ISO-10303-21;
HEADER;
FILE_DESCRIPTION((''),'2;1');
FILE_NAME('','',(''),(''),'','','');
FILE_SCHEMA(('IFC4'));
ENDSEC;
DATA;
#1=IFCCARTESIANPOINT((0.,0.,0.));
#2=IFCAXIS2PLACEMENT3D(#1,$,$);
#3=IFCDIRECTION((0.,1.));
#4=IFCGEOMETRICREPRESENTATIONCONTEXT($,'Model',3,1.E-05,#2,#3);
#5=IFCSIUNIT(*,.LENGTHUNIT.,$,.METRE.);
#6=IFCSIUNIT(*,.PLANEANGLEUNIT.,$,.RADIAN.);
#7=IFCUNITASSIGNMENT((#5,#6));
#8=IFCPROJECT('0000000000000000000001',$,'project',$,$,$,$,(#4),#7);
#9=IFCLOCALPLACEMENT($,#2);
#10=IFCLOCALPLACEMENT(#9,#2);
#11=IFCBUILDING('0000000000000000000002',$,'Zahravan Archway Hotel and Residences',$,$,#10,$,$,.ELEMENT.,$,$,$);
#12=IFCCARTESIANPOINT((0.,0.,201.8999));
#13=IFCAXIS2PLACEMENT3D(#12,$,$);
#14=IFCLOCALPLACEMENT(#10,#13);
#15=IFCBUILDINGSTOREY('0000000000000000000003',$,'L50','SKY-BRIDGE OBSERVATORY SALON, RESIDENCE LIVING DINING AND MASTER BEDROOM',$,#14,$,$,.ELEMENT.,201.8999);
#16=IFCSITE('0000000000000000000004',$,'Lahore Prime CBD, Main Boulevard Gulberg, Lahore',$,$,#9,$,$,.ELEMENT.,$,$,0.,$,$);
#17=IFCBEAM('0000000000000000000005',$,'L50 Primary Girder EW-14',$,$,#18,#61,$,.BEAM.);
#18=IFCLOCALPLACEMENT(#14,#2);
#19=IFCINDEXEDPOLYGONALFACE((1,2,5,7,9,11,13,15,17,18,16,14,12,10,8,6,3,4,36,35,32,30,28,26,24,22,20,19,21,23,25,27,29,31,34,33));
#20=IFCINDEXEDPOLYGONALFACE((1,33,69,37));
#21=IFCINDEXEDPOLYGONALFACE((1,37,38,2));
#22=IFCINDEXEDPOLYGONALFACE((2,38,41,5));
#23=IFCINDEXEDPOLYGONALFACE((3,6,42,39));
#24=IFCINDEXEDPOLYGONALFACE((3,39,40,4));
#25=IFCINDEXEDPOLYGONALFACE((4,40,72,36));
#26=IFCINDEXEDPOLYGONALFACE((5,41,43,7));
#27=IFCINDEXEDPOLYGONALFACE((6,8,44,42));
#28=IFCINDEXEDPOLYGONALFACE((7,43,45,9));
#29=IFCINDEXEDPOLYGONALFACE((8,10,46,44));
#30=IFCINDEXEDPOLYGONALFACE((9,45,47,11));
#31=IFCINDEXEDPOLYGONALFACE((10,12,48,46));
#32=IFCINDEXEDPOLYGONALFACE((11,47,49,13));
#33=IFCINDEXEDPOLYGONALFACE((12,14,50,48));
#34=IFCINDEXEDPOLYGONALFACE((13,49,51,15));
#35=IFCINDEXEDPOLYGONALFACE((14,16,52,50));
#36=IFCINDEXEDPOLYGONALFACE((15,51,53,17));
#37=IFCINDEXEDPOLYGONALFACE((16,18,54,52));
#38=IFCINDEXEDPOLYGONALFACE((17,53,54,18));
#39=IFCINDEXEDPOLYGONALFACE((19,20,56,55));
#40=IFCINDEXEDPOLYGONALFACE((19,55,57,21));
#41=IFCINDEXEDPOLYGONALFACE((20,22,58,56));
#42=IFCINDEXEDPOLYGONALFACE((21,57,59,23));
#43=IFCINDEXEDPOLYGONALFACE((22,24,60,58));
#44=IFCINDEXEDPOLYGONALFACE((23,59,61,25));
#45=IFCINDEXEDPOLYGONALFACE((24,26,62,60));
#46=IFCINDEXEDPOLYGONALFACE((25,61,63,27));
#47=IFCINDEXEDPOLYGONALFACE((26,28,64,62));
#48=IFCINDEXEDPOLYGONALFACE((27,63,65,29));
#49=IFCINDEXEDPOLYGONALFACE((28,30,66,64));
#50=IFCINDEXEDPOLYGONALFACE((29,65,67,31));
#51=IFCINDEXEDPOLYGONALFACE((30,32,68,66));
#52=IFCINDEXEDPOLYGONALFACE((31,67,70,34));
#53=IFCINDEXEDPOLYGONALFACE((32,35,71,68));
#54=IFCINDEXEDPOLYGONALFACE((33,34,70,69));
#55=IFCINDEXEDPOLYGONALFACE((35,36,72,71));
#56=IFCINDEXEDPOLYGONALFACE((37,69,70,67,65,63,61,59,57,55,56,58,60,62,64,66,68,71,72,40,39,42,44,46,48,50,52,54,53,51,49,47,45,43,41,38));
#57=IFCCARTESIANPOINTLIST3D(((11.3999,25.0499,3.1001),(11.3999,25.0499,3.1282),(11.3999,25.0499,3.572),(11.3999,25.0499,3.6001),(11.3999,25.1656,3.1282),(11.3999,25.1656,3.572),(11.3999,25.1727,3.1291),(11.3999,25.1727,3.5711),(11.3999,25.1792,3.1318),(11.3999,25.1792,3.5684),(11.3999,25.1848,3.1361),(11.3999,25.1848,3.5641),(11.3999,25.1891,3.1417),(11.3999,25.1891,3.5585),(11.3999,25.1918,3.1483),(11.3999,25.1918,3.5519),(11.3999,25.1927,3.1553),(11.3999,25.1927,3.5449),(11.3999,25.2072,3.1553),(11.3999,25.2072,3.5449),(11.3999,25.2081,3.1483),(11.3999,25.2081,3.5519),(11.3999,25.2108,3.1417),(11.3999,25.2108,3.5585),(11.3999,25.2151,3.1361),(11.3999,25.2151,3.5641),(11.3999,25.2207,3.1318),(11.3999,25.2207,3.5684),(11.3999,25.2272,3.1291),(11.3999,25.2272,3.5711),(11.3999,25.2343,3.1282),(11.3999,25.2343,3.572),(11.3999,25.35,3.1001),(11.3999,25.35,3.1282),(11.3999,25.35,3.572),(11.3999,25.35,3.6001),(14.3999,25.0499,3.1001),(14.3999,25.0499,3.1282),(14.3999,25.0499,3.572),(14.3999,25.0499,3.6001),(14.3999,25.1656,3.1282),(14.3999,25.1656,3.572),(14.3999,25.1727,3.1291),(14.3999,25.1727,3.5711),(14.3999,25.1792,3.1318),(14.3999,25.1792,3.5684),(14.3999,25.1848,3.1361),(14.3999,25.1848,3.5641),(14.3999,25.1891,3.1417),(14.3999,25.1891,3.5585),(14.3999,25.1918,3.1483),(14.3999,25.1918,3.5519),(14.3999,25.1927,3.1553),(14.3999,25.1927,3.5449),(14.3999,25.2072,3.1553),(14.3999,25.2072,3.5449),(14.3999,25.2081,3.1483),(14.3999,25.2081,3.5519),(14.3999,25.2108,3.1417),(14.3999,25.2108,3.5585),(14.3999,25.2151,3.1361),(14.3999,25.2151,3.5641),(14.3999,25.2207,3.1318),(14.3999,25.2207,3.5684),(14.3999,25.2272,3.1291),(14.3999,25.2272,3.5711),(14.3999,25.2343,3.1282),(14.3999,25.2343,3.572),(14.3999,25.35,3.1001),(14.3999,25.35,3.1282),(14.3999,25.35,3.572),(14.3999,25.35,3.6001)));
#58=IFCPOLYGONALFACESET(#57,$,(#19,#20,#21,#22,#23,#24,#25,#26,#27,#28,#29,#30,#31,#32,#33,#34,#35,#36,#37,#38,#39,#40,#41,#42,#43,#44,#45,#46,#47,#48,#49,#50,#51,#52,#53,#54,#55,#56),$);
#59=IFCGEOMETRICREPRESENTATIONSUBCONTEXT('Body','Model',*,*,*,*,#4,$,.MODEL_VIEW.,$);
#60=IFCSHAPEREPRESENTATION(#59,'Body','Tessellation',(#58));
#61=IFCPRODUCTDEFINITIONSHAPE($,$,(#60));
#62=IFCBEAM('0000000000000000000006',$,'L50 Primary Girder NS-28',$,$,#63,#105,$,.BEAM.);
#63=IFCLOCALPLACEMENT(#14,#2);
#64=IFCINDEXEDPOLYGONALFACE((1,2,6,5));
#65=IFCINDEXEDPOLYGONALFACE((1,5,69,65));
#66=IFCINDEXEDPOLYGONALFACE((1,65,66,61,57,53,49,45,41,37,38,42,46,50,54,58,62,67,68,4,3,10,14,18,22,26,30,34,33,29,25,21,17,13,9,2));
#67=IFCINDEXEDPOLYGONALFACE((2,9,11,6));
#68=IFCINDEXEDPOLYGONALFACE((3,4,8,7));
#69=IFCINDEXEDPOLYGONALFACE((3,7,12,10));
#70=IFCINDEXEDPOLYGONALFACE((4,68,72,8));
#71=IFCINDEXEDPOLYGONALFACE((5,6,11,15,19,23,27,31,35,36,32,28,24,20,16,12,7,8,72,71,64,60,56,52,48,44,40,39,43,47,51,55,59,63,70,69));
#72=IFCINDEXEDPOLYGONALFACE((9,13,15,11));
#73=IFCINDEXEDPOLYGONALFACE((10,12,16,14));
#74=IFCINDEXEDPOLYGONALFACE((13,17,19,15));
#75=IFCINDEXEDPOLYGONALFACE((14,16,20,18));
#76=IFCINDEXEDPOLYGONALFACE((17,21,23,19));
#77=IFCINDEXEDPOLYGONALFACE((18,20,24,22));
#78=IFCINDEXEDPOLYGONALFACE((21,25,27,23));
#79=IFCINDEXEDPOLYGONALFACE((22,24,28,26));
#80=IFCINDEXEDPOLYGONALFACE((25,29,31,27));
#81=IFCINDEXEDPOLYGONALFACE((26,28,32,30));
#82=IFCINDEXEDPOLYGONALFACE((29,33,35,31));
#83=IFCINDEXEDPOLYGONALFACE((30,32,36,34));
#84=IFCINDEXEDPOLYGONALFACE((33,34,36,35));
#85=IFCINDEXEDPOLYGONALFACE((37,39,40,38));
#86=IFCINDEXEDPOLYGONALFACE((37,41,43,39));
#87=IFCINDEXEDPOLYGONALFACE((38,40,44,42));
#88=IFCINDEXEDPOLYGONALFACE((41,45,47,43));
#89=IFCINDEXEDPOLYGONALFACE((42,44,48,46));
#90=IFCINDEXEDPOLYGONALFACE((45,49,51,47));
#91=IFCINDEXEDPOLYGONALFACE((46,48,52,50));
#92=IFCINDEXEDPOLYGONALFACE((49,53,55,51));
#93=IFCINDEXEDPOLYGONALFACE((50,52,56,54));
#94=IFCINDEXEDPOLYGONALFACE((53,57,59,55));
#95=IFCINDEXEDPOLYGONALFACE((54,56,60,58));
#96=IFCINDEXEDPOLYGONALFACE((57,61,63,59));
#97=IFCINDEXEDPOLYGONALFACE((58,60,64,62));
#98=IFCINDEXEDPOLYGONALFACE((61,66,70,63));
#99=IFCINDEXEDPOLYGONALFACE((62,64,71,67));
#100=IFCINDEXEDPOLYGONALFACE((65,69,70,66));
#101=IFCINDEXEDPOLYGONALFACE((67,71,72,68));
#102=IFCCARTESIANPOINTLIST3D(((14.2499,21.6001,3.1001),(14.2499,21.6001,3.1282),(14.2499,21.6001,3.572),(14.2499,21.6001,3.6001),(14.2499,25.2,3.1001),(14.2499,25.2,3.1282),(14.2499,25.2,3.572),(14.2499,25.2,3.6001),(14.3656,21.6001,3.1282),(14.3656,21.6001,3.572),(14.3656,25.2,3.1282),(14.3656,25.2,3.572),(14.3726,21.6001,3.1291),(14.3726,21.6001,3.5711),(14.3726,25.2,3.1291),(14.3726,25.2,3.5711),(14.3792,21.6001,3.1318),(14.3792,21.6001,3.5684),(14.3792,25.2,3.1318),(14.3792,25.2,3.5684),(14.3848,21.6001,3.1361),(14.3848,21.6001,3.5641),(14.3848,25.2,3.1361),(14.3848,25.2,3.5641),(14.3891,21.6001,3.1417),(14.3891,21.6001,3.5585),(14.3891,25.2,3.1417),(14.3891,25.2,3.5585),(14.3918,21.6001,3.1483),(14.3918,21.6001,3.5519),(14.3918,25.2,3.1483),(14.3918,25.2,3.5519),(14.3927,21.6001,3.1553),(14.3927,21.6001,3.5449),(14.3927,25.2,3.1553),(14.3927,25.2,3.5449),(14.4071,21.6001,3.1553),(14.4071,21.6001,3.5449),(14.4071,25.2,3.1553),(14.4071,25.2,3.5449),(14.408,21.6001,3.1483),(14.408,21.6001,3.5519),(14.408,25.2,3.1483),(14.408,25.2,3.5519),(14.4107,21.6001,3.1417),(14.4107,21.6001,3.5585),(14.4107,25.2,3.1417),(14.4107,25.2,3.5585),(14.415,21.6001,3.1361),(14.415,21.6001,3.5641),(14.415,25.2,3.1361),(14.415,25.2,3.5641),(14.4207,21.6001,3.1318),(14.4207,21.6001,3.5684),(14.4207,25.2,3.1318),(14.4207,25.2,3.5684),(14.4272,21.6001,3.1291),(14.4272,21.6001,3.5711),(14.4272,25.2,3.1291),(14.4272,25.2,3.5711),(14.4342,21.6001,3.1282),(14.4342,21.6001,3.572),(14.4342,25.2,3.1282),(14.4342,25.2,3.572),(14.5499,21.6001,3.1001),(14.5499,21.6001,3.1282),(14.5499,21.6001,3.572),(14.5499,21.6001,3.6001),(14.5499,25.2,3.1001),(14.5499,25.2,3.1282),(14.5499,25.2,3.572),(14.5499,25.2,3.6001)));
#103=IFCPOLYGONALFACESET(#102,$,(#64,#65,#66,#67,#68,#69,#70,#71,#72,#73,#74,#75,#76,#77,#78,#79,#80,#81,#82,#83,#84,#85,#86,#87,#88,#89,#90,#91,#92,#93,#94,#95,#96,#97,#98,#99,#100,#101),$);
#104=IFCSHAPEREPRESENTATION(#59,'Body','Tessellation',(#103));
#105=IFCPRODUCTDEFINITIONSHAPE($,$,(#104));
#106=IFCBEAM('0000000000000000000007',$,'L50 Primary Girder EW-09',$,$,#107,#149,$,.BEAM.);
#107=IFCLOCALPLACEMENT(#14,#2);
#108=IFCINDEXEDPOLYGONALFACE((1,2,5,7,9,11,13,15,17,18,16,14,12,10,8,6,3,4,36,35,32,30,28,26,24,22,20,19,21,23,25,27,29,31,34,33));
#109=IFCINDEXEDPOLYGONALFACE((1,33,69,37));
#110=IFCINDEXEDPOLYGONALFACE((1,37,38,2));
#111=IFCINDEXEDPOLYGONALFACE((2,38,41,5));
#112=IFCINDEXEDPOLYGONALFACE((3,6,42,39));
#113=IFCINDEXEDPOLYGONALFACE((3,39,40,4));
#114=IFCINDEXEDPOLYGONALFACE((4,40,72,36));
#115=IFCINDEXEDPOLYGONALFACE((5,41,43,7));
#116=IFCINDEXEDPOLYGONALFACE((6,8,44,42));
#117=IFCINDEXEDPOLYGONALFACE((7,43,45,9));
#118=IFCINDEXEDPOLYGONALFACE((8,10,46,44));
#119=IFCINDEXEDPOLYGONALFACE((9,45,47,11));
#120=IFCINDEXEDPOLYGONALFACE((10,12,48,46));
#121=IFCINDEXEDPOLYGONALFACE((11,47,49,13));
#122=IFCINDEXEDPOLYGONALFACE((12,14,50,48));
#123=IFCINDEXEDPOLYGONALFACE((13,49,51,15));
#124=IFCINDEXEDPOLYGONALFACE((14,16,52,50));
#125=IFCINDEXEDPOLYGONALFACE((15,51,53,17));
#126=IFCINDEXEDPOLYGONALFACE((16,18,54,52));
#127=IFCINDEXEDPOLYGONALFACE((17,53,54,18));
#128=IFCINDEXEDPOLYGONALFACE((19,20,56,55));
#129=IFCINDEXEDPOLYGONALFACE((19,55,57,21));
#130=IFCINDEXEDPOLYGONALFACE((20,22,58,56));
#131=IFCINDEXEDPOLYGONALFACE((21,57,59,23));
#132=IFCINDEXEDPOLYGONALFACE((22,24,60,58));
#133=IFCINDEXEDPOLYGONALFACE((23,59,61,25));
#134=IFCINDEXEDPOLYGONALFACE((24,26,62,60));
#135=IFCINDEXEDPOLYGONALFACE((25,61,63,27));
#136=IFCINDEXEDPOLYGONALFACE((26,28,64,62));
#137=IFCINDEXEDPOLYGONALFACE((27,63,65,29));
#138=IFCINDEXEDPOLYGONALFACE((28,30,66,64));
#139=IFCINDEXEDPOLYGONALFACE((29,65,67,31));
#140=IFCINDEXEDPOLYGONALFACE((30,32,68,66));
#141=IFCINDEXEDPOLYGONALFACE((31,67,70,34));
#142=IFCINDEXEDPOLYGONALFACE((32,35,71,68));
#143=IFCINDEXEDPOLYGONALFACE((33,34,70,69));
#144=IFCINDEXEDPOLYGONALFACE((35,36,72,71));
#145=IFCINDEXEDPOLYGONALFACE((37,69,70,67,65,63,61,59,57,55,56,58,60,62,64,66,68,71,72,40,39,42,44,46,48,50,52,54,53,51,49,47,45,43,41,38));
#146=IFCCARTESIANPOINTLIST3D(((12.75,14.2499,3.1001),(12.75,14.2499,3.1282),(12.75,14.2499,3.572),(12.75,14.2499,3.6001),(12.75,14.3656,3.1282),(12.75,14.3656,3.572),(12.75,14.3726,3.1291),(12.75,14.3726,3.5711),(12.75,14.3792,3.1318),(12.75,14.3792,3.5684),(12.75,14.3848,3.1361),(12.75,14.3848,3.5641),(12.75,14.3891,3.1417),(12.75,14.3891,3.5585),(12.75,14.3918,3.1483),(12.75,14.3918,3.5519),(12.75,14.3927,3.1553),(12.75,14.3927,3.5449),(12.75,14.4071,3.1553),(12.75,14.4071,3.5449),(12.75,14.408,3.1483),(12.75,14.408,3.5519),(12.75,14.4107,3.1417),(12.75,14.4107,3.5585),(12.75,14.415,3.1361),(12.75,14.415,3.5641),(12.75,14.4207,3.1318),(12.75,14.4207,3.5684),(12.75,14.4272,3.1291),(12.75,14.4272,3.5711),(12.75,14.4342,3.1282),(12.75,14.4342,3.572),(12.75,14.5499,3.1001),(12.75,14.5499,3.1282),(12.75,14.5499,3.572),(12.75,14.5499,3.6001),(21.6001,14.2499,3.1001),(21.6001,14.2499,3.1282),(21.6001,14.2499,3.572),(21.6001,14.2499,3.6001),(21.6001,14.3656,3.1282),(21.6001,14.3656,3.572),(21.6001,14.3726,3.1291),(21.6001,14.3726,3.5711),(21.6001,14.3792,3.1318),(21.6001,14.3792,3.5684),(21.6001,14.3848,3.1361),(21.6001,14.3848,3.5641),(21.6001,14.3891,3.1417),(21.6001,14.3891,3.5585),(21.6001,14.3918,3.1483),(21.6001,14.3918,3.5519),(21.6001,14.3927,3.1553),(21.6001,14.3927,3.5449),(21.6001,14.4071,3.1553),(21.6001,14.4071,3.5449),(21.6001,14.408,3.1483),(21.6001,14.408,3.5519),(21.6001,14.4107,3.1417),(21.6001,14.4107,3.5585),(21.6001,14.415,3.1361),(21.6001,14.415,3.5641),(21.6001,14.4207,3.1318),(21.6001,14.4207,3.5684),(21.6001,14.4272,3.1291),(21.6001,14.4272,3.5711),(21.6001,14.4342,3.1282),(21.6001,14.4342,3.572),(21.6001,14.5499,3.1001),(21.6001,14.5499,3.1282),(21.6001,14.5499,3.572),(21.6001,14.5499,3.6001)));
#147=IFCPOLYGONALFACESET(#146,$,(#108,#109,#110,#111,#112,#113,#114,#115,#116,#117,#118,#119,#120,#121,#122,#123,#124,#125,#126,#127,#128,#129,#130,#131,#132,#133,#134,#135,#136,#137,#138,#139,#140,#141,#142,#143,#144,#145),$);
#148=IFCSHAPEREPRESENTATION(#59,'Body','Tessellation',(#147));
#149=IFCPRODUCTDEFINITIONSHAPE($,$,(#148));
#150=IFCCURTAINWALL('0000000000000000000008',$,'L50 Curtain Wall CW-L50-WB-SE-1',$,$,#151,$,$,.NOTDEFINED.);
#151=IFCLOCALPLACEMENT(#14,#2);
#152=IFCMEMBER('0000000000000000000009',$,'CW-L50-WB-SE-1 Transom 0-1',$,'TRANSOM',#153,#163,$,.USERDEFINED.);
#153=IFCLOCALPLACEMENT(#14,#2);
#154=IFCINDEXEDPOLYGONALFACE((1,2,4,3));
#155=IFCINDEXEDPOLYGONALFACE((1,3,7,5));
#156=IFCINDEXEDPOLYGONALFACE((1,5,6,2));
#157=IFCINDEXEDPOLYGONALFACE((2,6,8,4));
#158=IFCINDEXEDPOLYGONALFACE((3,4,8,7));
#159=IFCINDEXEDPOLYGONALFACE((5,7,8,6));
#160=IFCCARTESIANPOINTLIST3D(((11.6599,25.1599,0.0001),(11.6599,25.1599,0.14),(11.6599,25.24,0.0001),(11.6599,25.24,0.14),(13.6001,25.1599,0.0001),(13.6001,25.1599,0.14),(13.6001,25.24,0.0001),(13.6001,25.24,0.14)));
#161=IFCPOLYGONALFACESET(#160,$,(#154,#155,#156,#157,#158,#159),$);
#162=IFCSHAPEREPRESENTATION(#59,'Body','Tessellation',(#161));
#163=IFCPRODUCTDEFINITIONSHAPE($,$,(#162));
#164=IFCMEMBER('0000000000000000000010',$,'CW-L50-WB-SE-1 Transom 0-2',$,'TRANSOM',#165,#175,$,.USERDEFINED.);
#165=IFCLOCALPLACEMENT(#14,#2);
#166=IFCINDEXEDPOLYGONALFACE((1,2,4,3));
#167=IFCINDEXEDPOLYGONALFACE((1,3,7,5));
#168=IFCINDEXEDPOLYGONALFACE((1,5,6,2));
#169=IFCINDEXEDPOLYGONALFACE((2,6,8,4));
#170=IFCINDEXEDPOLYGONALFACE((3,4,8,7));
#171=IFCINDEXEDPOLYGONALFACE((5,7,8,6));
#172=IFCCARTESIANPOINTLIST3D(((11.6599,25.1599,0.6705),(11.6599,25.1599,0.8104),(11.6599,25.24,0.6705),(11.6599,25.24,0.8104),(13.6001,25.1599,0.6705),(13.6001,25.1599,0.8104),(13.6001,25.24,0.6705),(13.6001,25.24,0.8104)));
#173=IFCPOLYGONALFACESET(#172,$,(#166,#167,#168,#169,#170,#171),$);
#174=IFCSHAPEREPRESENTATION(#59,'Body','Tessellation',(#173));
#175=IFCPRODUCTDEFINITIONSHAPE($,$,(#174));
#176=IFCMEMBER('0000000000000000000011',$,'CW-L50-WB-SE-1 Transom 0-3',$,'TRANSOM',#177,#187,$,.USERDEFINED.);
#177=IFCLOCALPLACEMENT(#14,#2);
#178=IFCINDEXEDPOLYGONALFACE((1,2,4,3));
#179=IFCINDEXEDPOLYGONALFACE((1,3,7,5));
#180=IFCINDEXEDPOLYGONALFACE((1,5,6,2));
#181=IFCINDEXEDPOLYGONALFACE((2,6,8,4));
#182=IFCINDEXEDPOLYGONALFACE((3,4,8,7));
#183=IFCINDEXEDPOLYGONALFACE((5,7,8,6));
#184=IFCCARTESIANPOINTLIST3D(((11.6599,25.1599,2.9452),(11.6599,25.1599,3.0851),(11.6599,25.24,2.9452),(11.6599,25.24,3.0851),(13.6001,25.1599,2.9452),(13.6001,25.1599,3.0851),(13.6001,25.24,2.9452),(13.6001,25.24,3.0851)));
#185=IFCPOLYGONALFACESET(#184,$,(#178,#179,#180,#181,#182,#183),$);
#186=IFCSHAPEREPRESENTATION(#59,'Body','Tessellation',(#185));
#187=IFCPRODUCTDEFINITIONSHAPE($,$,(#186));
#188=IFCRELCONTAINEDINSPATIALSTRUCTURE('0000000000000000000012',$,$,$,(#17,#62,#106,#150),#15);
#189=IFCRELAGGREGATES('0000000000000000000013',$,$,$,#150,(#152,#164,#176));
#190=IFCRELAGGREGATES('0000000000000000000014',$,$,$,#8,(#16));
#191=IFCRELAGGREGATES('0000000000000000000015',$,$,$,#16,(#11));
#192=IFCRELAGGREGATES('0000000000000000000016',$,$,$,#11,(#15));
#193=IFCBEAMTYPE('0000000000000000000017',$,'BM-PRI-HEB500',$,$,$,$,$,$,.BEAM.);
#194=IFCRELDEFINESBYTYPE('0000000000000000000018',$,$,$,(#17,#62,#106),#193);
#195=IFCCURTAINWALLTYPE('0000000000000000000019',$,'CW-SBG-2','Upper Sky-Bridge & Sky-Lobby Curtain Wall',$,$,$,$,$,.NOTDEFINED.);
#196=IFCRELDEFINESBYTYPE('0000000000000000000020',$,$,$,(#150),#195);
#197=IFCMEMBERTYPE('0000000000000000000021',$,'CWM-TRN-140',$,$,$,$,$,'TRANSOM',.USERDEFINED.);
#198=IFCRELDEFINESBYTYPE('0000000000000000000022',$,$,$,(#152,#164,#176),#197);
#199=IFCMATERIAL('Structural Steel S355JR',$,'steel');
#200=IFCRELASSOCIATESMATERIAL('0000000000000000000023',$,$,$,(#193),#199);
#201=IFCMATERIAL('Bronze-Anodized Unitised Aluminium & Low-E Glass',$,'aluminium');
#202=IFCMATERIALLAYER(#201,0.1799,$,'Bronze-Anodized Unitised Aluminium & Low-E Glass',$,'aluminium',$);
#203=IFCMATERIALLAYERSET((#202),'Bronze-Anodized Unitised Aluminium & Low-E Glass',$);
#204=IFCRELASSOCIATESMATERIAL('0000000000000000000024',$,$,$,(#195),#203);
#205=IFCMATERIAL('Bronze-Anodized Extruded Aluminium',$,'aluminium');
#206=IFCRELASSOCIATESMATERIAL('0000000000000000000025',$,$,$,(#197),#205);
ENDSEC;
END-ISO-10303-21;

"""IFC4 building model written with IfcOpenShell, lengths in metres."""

from ifc_helpers import new_model, si_unit, direction, frame, origin, origin_2d, place, context, subcontext, project, spatial, rectangle, i_section, extrude, source, transform, mapped, material, layer, layer_set, material_profile, profile_set, type_object, element, aggregate, save


model = new_model("IFC4")

# Units and contexts
model_context = context("Model", 3, precision=1e-05, world=origin(), true_north=direction((0.0, 1.0)))
body_context = subcontext(model_context, "Body", "Model", "MODEL_VIEW")
ifc_project = project(units=[si_unit("LENGTHUNIT", "METRE"), si_unit("PLANEANGLEUNIT", "RADIAN")], contexts=[model_context])

# Site, building, storey
site_placement = place(None, origin())
site = spatial("IfcSite", under=ifc_project, at=site_placement, Name="Lahore Prime CBD, Main Boulevard Gulberg, Lahore", CompositionType="ELEMENT", RefElevation=0.0)
building_placement = place(site_placement, origin())
building = spatial("IfcBuilding", under=site, at=building_placement, Name="Zahravan Archway Hotel and Residences", CompositionType="ELEMENT")
storey_placement = place(building_placement, frame((0.0, 0.0, 201.8999)))
storey = spatial("IfcBuildingStorey", under=building, at=storey_placement, Name="L50", Description="SKY-BRIDGE OBSERVATORY SALON, RESIDENCE LIVING DINING AND MASTER BEDROOM", CompositionType="ELEMENT", Elevation=201.8999)

# Beams
ifc_material_1 = material(Name="Structural Steel S355JR", Category="steel")
ifc_material_profile_1 = material_profile(ifc_material_1, i_section(OverallWidth=0.3, OverallDepth=0.5, WebThickness=0.0144, FlangeThickness=0.0281, FilletRadius=0.0271, at=origin_2d()), Name="HEB 500", Category="steel")
ifc_profile_set_1 = profile_set([ifc_material_profile_1], Name="Structural Steel S355JR")
beam_type = type_object("IfcBeamType", Name="BM-PRI-HEB500", PredefinedType="BEAM", material=ifc_profile_set_1)
shared_shape_1 = source(origin(), body_context, "Body", "SweptSolid", [
    extrude(i_section(OverallWidth=0.3, OverallDepth=0.5, WebThickness=0.0144, FlangeThickness=0.0281, FilletRadius=0.0271, at=origin_2d()), origin(), (0.0, 0.0, 1.0), 3.0),
])
beam_1_placement = place(storey_placement, frame((11.3999, 25.2, 3.3501), z_axis=(1.0, 0.0, 0.0), x_axis=(0.0, 1.0, 0.0)))
element("IfcBeam", 1, at=beam_1_placement, inside=storey, type_object=beam_type, Name="L50 Primary Girder EW-14", PredefinedType="BEAM", context=body_context, shape_type="MappedRepresentation", body=[
    mapped(shared_shape_1, transform((0.0, 0.0, 0.0), scale=1.0)),
])
shared_shape_2 = source(origin(), body_context, "Body", "SweptSolid", [
    extrude(i_section(OverallWidth=0.3, OverallDepth=0.5, WebThickness=0.0144, FlangeThickness=0.0281, FilletRadius=0.0271, at=origin_2d()), origin(), (0.0, 0.0, 1.0), 3.5999),
])
beam_2_placement = place(storey_placement, frame((14.3999, 21.6001, 3.3501), z_axis=(0.0, 1.0, 0.0), x_axis=(-1.0, 0.0, 0.0)))
element("IfcBeam", 2, at=beam_2_placement, inside=storey, type_object=beam_type, Name="L50 Primary Girder NS-28", PredefinedType="BEAM", context=body_context, shape_type="MappedRepresentation", body=[
    mapped(shared_shape_2, transform((0.0, 0.0, 0.0), scale=1.0)),
])
shared_shape_3 = source(origin(), body_context, "Body", "SweptSolid", [
    extrude(i_section(OverallWidth=0.3, OverallDepth=0.5, WebThickness=0.0144, FlangeThickness=0.0281, FilletRadius=0.0271, at=origin_2d()), origin(), (0.0, 0.0, 1.0), 8.8501),
])
beam_3_placement = place(storey_placement, frame((12.75, 14.3999, 3.3501), z_axis=(1.0, 0.0, 0.0), x_axis=(0.0, 1.0, 0.0)))
element("IfcBeam", 3, at=beam_3_placement, inside=storey, type_object=beam_type, Name="L50 Primary Girder EW-09", PredefinedType="BEAM", context=body_context, shape_type="MappedRepresentation", body=[
    mapped(shared_shape_3, transform((0.0, 0.0, 0.0), scale=1.0)),
])

# Curtain wall, members
ifc_material_2 = material(Name="Bronze-Anodized Unitised Aluminium & Low-E Glass", Category="aluminium")
ifc_layer_1 = layer(ifc_material_2, 0.1799, Name="Bronze-Anodized Unitised Aluminium & Low-E Glass", Category="aluminium")
ifc_layer_set_1 = layer_set([ifc_layer_1], Name="Bronze-Anodized Unitised Aluminium & Low-E Glass")
curtain_wall_type = type_object("IfcCurtainWallType", Name="CW-SBG-2", Description="Upper Sky-Bridge & Sky-Lobby Curtain Wall", PredefinedType="NOTDEFINED", material=ifc_layer_set_1)
curtain_wall_placement = place(storey_placement, origin())
curtain_wall = element("IfcCurtainWall", 4, at=curtain_wall_placement, inside=storey, type_object=curtain_wall_type, Name="L50 Curtain Wall CW-L50-WB-SE-1", PredefinedType="NOTDEFINED")
ifc_material_3 = material(Name="Bronze-Anodized Extruded Aluminium", Category="aluminium")
ifc_material_profile_2 = material_profile(ifc_material_3, rectangle(XDim=0.0801, YDim=0.1399, at=origin_2d()), Name="TRN 80x140", Category="aluminium")
ifc_profile_set_2 = profile_set([ifc_material_profile_2], Name="Bronze-Anodized Extruded Aluminium")
member_type_1 = type_object("IfcMemberType", Name="CWM-TRN-140", ElementType="TRANSOM", PredefinedType="USERDEFINED", material=ifc_profile_set_2)
shared_shape_4 = source(origin(), body_context, "Body", "SweptSolid", [
    extrude(rectangle(XDim=0.0801, YDim=0.1399, at=origin_2d()), origin(), (0.0, 0.0, 1.0), 1.9402),
])
member_1_placement = place(storey_placement, frame((11.6599, 25.2, 0.0701), z_axis=(1.0, 0.0, 0.0), x_axis=(0.0, 1.0, 0.0)))
member_1 = element("IfcMember", 5, at=member_1_placement, type_object=member_type_1, Name="CW-L50-WB-SE-1 Transom 0-1", ObjectType="TRANSOM", PredefinedType="USERDEFINED", context=body_context, shape_type="MappedRepresentation", body=[
    mapped(shared_shape_4, transform((0.0, 0.0, 0.0), scale=1.0)),
])
member_2_placement = place(storey_placement, frame((11.6599, 25.2, 0.7405), z_axis=(1.0, 0.0, 0.0), x_axis=(0.0, 1.0, 0.0)))
member_2 = element("IfcMember", 6, at=member_2_placement, type_object=member_type_1, Name="CW-L50-WB-SE-1 Transom 0-2", ObjectType="TRANSOM", PredefinedType="USERDEFINED", context=body_context, shape_type="MappedRepresentation", body=[
    mapped(shared_shape_4, transform((0.0, 0.0, 0.0), scale=1.0)),
])
member_3_placement = place(storey_placement, frame((11.6599, 25.2, 3.0151), z_axis=(1.0, 0.0, 0.0), x_axis=(0.0, 1.0, 0.0)))
member_3 = element("IfcMember", 7, at=member_3_placement, type_object=member_type_1, Name="CW-L50-WB-SE-1 Transom 0-3", ObjectType="TRANSOM", PredefinedType="USERDEFINED", context=body_context, shape_type="MappedRepresentation", body=[
    mapped(shared_shape_4, transform((0.0, 0.0, 0.0), scale=1.0)),
])

aggregate(curtain_wall, [member_1, member_2, member_3])

save(model, "model.ifc")
